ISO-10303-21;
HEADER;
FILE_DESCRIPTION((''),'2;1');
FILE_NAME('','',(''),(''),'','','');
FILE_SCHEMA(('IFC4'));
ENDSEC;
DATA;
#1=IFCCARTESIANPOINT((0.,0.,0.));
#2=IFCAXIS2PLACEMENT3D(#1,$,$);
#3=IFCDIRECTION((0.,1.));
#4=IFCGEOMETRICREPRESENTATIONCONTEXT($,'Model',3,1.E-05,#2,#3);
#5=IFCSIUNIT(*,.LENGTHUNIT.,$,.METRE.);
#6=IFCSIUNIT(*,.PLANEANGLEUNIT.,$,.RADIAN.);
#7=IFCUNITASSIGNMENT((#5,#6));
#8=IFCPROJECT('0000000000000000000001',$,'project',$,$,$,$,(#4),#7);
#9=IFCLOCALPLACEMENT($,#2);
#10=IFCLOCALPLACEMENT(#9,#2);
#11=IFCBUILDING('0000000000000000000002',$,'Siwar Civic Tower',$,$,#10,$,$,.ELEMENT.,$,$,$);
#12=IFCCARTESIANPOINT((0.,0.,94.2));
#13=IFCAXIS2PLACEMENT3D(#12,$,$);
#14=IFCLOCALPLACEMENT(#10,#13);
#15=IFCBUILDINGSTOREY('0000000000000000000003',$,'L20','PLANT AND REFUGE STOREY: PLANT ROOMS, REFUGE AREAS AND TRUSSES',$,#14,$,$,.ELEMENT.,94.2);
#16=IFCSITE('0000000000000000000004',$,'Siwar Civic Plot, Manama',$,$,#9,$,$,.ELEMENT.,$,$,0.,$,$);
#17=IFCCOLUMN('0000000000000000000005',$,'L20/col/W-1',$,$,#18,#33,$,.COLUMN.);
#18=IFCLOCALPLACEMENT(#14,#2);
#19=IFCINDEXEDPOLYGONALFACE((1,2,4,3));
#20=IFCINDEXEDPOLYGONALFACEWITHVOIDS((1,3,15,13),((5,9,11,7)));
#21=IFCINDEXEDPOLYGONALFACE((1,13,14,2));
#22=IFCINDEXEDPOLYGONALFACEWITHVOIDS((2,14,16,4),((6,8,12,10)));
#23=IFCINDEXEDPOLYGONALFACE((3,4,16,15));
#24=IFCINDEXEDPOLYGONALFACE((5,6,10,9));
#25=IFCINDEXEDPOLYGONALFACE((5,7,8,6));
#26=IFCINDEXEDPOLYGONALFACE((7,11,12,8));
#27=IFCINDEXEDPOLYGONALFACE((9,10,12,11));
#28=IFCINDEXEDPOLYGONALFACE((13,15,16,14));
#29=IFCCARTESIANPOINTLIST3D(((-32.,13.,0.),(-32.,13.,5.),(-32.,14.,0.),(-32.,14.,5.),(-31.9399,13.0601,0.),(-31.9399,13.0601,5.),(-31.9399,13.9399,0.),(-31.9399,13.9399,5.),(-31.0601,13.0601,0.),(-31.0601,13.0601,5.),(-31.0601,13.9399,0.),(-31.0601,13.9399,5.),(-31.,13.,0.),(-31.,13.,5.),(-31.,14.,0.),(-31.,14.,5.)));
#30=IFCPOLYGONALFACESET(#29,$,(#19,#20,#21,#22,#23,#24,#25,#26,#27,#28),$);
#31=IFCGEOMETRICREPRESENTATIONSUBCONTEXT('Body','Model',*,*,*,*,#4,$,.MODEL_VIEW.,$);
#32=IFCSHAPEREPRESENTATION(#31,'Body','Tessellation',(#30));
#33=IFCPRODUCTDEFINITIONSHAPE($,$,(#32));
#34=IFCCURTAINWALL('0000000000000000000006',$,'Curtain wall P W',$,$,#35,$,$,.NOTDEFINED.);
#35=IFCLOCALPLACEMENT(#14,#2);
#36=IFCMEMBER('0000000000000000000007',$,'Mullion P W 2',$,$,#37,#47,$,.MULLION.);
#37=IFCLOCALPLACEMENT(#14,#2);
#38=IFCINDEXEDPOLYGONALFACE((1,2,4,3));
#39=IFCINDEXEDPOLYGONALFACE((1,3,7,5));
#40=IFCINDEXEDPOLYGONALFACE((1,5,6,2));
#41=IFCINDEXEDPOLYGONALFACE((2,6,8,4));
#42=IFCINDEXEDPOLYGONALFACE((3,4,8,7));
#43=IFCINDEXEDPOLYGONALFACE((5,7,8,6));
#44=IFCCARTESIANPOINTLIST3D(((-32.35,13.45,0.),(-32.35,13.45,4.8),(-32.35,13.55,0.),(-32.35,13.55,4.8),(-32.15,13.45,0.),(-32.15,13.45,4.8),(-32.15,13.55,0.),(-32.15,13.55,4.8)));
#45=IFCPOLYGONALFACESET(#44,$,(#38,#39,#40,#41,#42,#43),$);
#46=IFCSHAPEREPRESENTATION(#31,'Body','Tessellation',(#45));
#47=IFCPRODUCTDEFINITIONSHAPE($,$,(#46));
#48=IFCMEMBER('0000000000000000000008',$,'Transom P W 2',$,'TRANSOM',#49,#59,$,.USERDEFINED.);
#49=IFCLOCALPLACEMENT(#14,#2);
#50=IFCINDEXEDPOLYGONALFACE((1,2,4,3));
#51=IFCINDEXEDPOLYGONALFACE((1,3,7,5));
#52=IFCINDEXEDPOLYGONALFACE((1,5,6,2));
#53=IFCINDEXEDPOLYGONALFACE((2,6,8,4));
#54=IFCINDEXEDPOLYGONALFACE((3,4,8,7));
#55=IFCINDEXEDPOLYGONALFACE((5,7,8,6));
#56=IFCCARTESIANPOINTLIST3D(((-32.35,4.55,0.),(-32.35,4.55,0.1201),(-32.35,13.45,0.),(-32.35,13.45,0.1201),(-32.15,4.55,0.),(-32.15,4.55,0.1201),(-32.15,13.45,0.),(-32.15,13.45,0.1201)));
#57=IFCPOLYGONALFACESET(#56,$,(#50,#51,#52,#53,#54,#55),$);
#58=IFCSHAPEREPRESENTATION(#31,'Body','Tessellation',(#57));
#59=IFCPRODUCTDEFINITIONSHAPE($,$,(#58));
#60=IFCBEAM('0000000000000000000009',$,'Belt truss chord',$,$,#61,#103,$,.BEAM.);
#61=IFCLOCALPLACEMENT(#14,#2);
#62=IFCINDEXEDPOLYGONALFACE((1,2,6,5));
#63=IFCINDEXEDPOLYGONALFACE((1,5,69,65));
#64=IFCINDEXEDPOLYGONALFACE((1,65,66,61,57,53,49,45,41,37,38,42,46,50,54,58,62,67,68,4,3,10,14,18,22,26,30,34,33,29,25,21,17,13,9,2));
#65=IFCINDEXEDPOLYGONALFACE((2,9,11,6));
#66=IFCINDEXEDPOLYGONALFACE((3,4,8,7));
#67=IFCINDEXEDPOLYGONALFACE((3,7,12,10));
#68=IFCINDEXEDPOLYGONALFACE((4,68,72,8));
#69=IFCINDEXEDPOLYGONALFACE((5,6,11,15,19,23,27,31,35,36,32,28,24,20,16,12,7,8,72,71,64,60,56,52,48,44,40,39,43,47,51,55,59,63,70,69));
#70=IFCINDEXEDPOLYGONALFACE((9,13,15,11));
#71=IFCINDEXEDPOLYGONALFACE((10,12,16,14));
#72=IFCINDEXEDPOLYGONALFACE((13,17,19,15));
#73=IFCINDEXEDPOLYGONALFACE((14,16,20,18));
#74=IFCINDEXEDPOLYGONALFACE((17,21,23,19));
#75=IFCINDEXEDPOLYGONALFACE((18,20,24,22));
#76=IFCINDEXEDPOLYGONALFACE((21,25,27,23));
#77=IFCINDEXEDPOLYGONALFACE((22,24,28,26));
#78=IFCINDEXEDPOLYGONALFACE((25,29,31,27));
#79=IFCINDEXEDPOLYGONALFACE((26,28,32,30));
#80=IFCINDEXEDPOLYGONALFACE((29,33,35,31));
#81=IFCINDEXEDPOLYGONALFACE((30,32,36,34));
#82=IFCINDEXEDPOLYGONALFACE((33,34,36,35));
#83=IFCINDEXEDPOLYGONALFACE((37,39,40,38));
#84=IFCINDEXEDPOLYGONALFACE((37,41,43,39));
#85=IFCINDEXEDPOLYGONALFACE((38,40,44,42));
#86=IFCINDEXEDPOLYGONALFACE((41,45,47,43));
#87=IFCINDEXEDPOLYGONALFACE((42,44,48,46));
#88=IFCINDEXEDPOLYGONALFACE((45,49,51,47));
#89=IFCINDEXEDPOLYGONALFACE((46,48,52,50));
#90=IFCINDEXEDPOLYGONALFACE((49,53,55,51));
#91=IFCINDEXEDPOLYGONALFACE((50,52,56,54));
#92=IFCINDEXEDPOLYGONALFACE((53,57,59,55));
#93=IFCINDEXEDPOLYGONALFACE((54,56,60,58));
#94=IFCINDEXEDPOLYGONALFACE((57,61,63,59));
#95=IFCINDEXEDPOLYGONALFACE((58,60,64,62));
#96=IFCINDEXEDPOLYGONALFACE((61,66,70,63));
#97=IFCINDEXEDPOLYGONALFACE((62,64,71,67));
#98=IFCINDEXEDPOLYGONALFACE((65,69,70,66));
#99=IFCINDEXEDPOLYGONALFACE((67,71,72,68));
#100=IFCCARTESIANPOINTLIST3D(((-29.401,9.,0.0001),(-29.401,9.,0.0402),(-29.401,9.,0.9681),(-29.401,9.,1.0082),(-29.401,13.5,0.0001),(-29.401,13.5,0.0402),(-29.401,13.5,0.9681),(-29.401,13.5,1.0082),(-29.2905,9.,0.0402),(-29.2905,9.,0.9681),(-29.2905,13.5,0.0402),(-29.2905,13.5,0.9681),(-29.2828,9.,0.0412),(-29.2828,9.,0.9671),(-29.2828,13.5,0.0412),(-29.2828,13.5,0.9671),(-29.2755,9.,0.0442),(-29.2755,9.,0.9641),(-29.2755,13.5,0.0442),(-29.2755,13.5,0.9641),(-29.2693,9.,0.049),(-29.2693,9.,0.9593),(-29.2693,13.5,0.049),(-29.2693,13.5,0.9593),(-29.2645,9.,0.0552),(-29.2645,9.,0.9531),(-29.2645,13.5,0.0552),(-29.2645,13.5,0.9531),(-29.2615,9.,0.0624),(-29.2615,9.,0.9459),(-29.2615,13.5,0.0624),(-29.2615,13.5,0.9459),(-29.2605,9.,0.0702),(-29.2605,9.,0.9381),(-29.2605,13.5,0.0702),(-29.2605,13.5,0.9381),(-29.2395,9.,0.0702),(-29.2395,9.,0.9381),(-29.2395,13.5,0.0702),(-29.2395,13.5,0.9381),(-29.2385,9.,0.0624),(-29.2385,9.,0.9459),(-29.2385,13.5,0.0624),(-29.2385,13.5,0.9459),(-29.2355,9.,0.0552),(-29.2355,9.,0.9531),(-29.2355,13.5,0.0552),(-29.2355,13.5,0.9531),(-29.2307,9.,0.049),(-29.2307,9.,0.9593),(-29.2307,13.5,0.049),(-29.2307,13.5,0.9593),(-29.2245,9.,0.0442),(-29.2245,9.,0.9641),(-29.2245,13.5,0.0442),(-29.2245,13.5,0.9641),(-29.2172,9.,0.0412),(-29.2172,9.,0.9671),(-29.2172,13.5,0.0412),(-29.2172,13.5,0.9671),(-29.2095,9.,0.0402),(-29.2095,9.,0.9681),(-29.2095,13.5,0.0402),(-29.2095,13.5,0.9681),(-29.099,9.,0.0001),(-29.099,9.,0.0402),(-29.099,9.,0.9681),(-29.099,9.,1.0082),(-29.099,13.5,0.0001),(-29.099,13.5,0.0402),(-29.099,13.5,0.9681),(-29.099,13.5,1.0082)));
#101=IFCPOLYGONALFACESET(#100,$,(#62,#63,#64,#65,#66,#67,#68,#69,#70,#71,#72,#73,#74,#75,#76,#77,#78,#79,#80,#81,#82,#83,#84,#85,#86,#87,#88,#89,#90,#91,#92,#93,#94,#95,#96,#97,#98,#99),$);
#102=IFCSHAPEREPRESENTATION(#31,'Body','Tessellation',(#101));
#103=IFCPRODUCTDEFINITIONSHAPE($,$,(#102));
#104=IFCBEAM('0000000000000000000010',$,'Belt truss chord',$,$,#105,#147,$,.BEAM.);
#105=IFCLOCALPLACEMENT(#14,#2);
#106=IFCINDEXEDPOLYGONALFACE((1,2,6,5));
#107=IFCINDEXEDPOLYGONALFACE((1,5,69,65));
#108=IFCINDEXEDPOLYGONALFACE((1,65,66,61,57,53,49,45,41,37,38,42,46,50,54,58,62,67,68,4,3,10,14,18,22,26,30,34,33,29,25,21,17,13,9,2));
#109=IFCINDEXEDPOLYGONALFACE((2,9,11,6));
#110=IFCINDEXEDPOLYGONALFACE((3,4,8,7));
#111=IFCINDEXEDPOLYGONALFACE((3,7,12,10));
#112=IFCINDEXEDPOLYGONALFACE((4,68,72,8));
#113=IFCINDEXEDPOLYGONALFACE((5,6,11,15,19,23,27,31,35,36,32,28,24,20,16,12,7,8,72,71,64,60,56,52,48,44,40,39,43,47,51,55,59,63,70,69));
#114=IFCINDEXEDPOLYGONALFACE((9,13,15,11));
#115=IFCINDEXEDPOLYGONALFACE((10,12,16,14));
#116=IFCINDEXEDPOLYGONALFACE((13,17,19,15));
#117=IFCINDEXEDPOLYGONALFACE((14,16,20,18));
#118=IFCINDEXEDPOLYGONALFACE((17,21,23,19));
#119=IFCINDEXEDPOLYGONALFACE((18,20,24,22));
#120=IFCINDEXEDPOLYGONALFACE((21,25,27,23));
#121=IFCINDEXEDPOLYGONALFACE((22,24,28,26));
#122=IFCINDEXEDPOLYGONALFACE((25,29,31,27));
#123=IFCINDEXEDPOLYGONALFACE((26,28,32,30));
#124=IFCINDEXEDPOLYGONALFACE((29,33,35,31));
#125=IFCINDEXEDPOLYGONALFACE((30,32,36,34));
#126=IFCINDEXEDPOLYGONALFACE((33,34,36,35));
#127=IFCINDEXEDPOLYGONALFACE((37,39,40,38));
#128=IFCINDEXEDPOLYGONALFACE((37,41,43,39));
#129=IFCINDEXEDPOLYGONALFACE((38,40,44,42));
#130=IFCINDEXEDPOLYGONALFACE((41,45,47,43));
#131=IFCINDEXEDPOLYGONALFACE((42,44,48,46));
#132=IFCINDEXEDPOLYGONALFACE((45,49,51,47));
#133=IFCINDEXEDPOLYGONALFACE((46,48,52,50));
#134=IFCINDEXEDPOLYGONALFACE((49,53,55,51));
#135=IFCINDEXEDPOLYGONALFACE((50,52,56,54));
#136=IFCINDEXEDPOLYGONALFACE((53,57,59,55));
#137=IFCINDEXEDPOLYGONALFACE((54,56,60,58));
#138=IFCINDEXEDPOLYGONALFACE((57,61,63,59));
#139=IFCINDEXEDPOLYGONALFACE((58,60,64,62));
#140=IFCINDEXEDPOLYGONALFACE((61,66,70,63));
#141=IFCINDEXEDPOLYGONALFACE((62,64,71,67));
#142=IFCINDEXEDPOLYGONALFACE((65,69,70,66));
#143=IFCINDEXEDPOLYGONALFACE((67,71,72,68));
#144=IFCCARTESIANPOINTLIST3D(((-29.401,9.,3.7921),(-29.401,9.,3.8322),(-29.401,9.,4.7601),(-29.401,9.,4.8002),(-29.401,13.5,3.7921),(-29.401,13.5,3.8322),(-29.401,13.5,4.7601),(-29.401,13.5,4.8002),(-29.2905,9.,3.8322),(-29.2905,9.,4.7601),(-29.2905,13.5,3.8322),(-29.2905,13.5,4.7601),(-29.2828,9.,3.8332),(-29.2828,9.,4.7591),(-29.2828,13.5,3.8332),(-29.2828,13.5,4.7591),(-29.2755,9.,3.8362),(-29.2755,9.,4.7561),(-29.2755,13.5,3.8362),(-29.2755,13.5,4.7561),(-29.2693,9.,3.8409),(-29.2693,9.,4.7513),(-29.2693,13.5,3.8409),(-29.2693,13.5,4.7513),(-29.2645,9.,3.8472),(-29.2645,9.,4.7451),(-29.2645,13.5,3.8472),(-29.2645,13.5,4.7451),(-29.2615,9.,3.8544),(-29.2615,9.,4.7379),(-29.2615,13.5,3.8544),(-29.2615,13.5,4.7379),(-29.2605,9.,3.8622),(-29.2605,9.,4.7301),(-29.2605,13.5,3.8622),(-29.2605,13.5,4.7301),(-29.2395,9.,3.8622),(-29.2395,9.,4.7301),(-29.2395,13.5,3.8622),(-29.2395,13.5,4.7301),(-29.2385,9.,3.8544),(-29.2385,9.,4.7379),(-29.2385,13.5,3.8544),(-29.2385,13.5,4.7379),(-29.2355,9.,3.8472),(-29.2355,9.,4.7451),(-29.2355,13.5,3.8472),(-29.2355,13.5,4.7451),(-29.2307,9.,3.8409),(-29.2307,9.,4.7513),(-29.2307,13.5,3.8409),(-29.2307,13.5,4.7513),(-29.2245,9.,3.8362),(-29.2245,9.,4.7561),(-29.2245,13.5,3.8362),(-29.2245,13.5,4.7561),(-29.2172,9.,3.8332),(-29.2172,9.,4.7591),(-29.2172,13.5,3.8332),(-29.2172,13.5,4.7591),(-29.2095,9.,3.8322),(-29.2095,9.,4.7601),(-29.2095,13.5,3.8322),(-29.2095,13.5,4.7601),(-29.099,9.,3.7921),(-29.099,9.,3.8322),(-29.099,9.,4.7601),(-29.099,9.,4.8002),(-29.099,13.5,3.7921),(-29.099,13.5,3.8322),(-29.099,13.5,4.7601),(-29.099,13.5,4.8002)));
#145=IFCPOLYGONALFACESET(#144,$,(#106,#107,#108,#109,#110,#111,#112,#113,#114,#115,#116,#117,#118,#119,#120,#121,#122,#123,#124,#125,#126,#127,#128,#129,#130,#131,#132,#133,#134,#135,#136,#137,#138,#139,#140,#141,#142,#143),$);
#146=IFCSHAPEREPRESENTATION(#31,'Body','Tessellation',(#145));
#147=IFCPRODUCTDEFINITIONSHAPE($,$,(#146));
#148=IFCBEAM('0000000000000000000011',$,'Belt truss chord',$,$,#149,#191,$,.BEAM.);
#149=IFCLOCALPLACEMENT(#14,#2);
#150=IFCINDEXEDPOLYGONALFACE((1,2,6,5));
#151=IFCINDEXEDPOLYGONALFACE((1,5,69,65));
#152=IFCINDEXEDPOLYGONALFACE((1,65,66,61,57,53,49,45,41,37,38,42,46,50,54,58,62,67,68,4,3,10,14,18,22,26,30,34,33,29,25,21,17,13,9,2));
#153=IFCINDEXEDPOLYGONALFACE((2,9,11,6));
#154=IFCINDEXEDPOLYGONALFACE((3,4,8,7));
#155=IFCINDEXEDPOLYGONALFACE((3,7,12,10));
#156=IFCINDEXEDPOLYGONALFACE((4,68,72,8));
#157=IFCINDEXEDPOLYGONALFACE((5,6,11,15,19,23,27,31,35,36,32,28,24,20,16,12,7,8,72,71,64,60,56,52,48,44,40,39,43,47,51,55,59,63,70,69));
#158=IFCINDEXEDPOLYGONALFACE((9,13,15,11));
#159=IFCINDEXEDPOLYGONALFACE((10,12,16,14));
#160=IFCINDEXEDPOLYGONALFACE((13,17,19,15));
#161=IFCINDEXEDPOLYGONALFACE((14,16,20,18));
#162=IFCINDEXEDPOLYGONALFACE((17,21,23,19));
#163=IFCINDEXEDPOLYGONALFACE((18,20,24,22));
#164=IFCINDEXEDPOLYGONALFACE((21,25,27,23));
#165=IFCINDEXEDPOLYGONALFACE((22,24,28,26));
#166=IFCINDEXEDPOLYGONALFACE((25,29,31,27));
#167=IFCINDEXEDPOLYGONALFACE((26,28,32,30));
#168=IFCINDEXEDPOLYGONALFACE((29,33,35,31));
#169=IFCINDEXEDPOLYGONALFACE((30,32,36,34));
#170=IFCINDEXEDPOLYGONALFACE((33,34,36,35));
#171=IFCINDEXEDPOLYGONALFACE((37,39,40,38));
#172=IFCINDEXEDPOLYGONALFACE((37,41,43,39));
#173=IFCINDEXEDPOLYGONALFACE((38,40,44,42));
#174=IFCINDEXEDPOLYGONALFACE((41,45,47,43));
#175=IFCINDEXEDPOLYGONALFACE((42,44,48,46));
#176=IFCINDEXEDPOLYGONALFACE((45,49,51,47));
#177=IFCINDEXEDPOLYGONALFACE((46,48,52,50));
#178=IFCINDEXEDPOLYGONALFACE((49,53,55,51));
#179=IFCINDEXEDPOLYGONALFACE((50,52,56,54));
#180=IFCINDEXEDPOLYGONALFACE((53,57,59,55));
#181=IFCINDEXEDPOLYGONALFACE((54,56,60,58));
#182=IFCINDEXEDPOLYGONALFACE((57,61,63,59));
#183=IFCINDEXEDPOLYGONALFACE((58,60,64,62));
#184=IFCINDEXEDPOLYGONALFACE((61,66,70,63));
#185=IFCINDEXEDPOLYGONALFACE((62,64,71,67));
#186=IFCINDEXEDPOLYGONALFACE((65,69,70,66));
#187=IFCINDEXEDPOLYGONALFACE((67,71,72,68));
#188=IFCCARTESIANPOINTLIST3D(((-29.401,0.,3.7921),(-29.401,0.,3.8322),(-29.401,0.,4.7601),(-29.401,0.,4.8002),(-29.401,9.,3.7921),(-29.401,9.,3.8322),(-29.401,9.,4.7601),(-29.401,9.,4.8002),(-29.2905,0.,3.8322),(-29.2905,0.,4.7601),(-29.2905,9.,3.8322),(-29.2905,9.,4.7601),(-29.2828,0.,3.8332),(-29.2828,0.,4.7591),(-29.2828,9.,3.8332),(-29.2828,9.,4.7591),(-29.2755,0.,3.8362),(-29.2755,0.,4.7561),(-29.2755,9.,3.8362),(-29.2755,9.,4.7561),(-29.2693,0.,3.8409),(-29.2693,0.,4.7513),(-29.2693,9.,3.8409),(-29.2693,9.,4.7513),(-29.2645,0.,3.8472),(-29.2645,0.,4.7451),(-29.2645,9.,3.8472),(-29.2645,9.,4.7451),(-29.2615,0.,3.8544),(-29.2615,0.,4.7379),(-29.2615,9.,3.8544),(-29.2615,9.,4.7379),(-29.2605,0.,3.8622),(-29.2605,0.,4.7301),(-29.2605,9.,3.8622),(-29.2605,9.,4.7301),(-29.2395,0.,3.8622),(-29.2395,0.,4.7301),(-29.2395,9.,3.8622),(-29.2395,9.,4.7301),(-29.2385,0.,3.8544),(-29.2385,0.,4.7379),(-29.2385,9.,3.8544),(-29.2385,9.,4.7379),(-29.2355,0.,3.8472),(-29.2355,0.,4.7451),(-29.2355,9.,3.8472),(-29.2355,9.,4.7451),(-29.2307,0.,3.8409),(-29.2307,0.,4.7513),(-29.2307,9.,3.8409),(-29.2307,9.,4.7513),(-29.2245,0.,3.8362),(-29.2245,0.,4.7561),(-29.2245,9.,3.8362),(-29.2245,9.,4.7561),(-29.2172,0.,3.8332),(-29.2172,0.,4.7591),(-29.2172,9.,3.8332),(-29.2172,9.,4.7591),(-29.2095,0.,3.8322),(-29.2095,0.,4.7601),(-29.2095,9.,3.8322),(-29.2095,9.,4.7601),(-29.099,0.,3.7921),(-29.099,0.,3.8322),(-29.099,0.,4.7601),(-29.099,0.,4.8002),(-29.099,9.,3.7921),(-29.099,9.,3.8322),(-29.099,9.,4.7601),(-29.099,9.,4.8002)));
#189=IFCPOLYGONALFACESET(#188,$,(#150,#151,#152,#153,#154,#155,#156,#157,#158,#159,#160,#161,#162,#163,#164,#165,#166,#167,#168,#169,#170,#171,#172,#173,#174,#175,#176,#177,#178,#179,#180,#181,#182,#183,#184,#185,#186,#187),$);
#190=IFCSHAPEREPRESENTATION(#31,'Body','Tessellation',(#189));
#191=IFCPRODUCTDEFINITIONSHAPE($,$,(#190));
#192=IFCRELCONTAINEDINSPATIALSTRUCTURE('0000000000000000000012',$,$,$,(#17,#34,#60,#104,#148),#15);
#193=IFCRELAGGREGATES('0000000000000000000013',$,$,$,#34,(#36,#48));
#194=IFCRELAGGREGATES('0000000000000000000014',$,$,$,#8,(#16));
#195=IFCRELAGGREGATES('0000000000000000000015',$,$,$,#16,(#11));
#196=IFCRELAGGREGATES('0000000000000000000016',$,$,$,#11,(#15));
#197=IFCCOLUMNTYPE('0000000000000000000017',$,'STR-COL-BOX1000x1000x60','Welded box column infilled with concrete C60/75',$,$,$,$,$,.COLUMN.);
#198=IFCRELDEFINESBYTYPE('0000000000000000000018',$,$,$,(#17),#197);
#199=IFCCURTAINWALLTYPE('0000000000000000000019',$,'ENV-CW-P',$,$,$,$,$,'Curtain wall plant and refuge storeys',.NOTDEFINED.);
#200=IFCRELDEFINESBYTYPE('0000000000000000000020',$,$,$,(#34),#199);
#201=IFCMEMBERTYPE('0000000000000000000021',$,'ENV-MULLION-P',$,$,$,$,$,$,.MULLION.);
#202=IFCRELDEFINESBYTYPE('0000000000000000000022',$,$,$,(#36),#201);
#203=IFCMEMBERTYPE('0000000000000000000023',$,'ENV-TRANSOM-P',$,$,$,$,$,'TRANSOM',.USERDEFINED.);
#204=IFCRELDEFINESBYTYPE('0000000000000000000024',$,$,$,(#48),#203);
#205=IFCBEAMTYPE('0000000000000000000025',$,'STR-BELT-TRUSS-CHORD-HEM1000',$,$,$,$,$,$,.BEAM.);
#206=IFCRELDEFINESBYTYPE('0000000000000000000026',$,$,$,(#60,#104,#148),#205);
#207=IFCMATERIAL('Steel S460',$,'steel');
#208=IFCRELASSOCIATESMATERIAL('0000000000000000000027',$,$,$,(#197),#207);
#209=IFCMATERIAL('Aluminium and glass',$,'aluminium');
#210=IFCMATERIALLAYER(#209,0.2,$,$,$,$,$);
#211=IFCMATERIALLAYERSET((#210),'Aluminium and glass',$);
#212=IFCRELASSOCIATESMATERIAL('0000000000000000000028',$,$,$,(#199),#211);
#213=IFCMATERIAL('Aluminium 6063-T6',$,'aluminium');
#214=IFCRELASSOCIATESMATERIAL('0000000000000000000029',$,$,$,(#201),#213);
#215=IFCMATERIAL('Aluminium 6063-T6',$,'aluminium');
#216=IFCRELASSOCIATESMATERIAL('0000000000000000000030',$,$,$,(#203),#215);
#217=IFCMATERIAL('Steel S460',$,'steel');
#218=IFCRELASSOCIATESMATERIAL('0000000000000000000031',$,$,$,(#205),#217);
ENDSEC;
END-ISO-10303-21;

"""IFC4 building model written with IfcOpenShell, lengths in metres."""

from ifc_helpers import new_model, si_unit, direction, frame, origin, origin_2d, place, context, subcontext, project, spatial, rectangle, hollow_rectangle, i_section, extrude, material, layer, layer_set, material_profile, profile_set, type_object, element, aggregate, save


model = new_model("IFC4")

# Units and contexts
model_context = context("Model", 3, precision=1e-05, world=origin(), true_north=direction((0.0, 1.0)))
body_context = subcontext(model_context, "Body", "Model", "MODEL_VIEW")
ifc_project = project(units=[si_unit("LENGTHUNIT", "METRE"), si_unit("PLANEANGLEUNIT", "RADIAN")], contexts=[model_context])

# Site, building, storey
site_placement = place(None, origin())
site = spatial("IfcSite", under=ifc_project, at=site_placement, Name="Siwar Civic Plot, Manama", CompositionType="ELEMENT", RefElevation=0.0)
building_placement = place(site_placement, origin())
building = spatial("IfcBuilding", under=site, at=building_placement, Name="Siwar Civic Tower", CompositionType="ELEMENT")
storey_placement = place(building_placement, frame((0.0, 0.0, 94.2)))
storey = spatial("IfcBuildingStorey", under=building, at=storey_placement, Name="L20", Description="PLANT AND REFUGE STOREY: PLANT ROOMS, REFUGE AREAS AND TRUSSES", CompositionType="ELEMENT", Elevation=94.2)

# Column
ifc_material_1 = material(Name="Steel S460", Category="steel")
ifc_material_profile_1 = material_profile(ifc_material_1, hollow_rectangle(XDim=1.0, YDim=1.0, WallThickness=0.0601, at=origin_2d()), Name="BOX1000x1000x60")
ifc_profile_set_1 = profile_set([ifc_material_profile_1], Name="Steel S460")
column_type = type_object("IfcColumnType", Name="STR-COL-BOX1000x1000x60", Description="Welded box column infilled with concrete C60/75", PredefinedType="COLUMN", material=ifc_profile_set_1)
column_placement = place(storey_placement, frame((-31.5, 13.5, 0.0), z_axis=(0.0, 0.0, 1.0), x_axis=(1.0, 0.0, 0.0)))
element("IfcColumn", 1, at=column_placement, inside=storey, type_object=column_type, Name="L20/col/W-1", PredefinedType="COLUMN", context=body_context, shape_type="SweptSolid", body=[
    extrude(hollow_rectangle(XDim=1.0, YDim=1.0, WallThickness=0.0601, at=origin_2d()), origin(), (0.0, 0.0, 1.0), 5.0),
])

# Curtain wall, members
ifc_material_2 = material(Name="Aluminium and glass", Category="aluminium")
ifc_layer_1 = layer(ifc_material_2, 0.2)
ifc_layer_set_1 = layer_set([ifc_layer_1], Name="Aluminium and glass")
curtain_wall_type = type_object("IfcCurtainWallType", Name="ENV-CW-P", ElementType="Curtain wall plant and refuge storeys", PredefinedType="NOTDEFINED", material=ifc_layer_set_1)
curtain_wall_placement = place(storey_placement, origin())
curtain_wall = element("IfcCurtainWall", 2, at=curtain_wall_placement, inside=storey, type_object=curtain_wall_type, Name="Curtain wall P W", PredefinedType="NOTDEFINED")
ifc_material_3 = material(Name="Aluminium 6063-T6", Category="aluminium")
ifc_material_profile_2 = material_profile(ifc_material_3, rectangle(XDim=0.2, YDim=0.1001, at=origin_2d()), Name="AL 200x100")
ifc_profile_set_2 = profile_set([ifc_material_profile_2], Name="Aluminium 6063-T6")
member_type_1 = type_object("IfcMemberType", Name="ENV-MULLION-P", PredefinedType="MULLION", material=ifc_profile_set_2)
member_1_placement = place(storey_placement, frame((-32.25, 13.5, 0.0), z_axis=(0.0, 0.0, 1.0), x_axis=(1.0, 0.0, 0.0)))
member_1 = element("IfcMember", 3, at=member_1_placement, type_object=member_type_1, Name="Mullion P W 2", PredefinedType="MULLION", context=body_context, shape_type="SweptSolid", body=[
    extrude(rectangle(XDim=0.2, YDim=0.1001, at=origin_2d()), origin(), (0.0, 0.0, 1.0), 4.8),
])
ifc_material_4 = material(Name="Aluminium 6063-T6", Category="aluminium")
ifc_material_profile_3 = material_profile(ifc_material_4, rectangle(XDim=0.2, YDim=0.1201, at=origin_2d()), Name="AL 200x120")
ifc_profile_set_3 = profile_set([ifc_material_profile_3], Name="Aluminium 6063-T6")
member_type_2 = type_object("IfcMemberType", Name="ENV-TRANSOM-P", ElementType="TRANSOM", PredefinedType="USERDEFINED", material=ifc_profile_set_3)
member_2_placement = place(storey_placement, frame((-32.25, 13.45, 0.0601), z_axis=(0.0, -1.0, 0.0), x_axis=(1.0, 0.0, 0.0)))
member_2 = element("IfcMember", 4, at=member_2_placement, type_object=member_type_2, Name="Transom P W 2", ObjectType="TRANSOM", PredefinedType="USERDEFINED", context=body_context, shape_type="SweptSolid", body=[
    extrude(rectangle(XDim=0.2, YDim=0.1201, at=origin_2d()), origin(), (0.0, 0.0, 1.0), 8.8999),
])
aggregate(curtain_wall, [member_1, member_2])

# Beams
ifc_material_5 = material(Name="Steel S460", Category="steel")
ifc_material_profile_4 = material_profile(ifc_material_5, i_section(OverallWidth=0.302, OverallDepth=1.0081, WebThickness=0.021, FlangeThickness=0.04, FilletRadius=0.03, at=origin_2d()), Name="HEM1000")
ifc_profile_set_4 = profile_set([ifc_material_profile_4], Name="Steel S460")
beam_type_1 = type_object("IfcBeamType", Name="STR-BELT-TRUSS-CHORD-HEM1000", PredefinedType="BEAM", material=ifc_profile_set_4)
for number, where, z_axis, x_axis, name in (
    (5, (-29.25, 13.5, 0.5042), (0.0, -1.0, 0.0), (1.0, 0.0, 0.0), "Belt truss chord"),
    (6, (-29.25, 13.5, 4.2961), (0.0, -1.0, 0.0), (1.0, 0.0, 0.0), "Belt truss chord"),
):
    element("IfcBeam", number, at=place(storey_placement, frame(where, z_axis=z_axis, x_axis=x_axis)), inside=storey, type_object=beam_type_1, Name=name, PredefinedType="BEAM", context=body_context, shape_type="SweptSolid", body=[
        extrude(i_section(OverallWidth=0.302, OverallDepth=1.0081, WebThickness=0.021, FlangeThickness=0.04, FilletRadius=0.03, at=origin_2d()), origin(), (0.0, 0.0, 1.0), 4.5),
    ])
for number, where, z_axis, x_axis, name in (
    (7, (-29.25, 9.0, 4.2961), (0.0, -1.0, 0.0), (1.0, 0.0, 0.0), "Belt truss chord"),
):
    element("IfcBeam", number, at=place(storey_placement, frame(where, z_axis=z_axis, x_axis=x_axis)), inside=storey, type_object=beam_type_1, Name=name, PredefinedType="BEAM", context=body_context, shape_type="SweptSolid", body=[
        extrude(i_section(OverallWidth=0.302, OverallDepth=1.0081, WebThickness=0.021, FlangeThickness=0.04, FilletRadius=0.03, at=origin_2d()), origin(), (0.0, 0.0, 1.0), 9.0),
    ])

save(model, "model.ifc")
